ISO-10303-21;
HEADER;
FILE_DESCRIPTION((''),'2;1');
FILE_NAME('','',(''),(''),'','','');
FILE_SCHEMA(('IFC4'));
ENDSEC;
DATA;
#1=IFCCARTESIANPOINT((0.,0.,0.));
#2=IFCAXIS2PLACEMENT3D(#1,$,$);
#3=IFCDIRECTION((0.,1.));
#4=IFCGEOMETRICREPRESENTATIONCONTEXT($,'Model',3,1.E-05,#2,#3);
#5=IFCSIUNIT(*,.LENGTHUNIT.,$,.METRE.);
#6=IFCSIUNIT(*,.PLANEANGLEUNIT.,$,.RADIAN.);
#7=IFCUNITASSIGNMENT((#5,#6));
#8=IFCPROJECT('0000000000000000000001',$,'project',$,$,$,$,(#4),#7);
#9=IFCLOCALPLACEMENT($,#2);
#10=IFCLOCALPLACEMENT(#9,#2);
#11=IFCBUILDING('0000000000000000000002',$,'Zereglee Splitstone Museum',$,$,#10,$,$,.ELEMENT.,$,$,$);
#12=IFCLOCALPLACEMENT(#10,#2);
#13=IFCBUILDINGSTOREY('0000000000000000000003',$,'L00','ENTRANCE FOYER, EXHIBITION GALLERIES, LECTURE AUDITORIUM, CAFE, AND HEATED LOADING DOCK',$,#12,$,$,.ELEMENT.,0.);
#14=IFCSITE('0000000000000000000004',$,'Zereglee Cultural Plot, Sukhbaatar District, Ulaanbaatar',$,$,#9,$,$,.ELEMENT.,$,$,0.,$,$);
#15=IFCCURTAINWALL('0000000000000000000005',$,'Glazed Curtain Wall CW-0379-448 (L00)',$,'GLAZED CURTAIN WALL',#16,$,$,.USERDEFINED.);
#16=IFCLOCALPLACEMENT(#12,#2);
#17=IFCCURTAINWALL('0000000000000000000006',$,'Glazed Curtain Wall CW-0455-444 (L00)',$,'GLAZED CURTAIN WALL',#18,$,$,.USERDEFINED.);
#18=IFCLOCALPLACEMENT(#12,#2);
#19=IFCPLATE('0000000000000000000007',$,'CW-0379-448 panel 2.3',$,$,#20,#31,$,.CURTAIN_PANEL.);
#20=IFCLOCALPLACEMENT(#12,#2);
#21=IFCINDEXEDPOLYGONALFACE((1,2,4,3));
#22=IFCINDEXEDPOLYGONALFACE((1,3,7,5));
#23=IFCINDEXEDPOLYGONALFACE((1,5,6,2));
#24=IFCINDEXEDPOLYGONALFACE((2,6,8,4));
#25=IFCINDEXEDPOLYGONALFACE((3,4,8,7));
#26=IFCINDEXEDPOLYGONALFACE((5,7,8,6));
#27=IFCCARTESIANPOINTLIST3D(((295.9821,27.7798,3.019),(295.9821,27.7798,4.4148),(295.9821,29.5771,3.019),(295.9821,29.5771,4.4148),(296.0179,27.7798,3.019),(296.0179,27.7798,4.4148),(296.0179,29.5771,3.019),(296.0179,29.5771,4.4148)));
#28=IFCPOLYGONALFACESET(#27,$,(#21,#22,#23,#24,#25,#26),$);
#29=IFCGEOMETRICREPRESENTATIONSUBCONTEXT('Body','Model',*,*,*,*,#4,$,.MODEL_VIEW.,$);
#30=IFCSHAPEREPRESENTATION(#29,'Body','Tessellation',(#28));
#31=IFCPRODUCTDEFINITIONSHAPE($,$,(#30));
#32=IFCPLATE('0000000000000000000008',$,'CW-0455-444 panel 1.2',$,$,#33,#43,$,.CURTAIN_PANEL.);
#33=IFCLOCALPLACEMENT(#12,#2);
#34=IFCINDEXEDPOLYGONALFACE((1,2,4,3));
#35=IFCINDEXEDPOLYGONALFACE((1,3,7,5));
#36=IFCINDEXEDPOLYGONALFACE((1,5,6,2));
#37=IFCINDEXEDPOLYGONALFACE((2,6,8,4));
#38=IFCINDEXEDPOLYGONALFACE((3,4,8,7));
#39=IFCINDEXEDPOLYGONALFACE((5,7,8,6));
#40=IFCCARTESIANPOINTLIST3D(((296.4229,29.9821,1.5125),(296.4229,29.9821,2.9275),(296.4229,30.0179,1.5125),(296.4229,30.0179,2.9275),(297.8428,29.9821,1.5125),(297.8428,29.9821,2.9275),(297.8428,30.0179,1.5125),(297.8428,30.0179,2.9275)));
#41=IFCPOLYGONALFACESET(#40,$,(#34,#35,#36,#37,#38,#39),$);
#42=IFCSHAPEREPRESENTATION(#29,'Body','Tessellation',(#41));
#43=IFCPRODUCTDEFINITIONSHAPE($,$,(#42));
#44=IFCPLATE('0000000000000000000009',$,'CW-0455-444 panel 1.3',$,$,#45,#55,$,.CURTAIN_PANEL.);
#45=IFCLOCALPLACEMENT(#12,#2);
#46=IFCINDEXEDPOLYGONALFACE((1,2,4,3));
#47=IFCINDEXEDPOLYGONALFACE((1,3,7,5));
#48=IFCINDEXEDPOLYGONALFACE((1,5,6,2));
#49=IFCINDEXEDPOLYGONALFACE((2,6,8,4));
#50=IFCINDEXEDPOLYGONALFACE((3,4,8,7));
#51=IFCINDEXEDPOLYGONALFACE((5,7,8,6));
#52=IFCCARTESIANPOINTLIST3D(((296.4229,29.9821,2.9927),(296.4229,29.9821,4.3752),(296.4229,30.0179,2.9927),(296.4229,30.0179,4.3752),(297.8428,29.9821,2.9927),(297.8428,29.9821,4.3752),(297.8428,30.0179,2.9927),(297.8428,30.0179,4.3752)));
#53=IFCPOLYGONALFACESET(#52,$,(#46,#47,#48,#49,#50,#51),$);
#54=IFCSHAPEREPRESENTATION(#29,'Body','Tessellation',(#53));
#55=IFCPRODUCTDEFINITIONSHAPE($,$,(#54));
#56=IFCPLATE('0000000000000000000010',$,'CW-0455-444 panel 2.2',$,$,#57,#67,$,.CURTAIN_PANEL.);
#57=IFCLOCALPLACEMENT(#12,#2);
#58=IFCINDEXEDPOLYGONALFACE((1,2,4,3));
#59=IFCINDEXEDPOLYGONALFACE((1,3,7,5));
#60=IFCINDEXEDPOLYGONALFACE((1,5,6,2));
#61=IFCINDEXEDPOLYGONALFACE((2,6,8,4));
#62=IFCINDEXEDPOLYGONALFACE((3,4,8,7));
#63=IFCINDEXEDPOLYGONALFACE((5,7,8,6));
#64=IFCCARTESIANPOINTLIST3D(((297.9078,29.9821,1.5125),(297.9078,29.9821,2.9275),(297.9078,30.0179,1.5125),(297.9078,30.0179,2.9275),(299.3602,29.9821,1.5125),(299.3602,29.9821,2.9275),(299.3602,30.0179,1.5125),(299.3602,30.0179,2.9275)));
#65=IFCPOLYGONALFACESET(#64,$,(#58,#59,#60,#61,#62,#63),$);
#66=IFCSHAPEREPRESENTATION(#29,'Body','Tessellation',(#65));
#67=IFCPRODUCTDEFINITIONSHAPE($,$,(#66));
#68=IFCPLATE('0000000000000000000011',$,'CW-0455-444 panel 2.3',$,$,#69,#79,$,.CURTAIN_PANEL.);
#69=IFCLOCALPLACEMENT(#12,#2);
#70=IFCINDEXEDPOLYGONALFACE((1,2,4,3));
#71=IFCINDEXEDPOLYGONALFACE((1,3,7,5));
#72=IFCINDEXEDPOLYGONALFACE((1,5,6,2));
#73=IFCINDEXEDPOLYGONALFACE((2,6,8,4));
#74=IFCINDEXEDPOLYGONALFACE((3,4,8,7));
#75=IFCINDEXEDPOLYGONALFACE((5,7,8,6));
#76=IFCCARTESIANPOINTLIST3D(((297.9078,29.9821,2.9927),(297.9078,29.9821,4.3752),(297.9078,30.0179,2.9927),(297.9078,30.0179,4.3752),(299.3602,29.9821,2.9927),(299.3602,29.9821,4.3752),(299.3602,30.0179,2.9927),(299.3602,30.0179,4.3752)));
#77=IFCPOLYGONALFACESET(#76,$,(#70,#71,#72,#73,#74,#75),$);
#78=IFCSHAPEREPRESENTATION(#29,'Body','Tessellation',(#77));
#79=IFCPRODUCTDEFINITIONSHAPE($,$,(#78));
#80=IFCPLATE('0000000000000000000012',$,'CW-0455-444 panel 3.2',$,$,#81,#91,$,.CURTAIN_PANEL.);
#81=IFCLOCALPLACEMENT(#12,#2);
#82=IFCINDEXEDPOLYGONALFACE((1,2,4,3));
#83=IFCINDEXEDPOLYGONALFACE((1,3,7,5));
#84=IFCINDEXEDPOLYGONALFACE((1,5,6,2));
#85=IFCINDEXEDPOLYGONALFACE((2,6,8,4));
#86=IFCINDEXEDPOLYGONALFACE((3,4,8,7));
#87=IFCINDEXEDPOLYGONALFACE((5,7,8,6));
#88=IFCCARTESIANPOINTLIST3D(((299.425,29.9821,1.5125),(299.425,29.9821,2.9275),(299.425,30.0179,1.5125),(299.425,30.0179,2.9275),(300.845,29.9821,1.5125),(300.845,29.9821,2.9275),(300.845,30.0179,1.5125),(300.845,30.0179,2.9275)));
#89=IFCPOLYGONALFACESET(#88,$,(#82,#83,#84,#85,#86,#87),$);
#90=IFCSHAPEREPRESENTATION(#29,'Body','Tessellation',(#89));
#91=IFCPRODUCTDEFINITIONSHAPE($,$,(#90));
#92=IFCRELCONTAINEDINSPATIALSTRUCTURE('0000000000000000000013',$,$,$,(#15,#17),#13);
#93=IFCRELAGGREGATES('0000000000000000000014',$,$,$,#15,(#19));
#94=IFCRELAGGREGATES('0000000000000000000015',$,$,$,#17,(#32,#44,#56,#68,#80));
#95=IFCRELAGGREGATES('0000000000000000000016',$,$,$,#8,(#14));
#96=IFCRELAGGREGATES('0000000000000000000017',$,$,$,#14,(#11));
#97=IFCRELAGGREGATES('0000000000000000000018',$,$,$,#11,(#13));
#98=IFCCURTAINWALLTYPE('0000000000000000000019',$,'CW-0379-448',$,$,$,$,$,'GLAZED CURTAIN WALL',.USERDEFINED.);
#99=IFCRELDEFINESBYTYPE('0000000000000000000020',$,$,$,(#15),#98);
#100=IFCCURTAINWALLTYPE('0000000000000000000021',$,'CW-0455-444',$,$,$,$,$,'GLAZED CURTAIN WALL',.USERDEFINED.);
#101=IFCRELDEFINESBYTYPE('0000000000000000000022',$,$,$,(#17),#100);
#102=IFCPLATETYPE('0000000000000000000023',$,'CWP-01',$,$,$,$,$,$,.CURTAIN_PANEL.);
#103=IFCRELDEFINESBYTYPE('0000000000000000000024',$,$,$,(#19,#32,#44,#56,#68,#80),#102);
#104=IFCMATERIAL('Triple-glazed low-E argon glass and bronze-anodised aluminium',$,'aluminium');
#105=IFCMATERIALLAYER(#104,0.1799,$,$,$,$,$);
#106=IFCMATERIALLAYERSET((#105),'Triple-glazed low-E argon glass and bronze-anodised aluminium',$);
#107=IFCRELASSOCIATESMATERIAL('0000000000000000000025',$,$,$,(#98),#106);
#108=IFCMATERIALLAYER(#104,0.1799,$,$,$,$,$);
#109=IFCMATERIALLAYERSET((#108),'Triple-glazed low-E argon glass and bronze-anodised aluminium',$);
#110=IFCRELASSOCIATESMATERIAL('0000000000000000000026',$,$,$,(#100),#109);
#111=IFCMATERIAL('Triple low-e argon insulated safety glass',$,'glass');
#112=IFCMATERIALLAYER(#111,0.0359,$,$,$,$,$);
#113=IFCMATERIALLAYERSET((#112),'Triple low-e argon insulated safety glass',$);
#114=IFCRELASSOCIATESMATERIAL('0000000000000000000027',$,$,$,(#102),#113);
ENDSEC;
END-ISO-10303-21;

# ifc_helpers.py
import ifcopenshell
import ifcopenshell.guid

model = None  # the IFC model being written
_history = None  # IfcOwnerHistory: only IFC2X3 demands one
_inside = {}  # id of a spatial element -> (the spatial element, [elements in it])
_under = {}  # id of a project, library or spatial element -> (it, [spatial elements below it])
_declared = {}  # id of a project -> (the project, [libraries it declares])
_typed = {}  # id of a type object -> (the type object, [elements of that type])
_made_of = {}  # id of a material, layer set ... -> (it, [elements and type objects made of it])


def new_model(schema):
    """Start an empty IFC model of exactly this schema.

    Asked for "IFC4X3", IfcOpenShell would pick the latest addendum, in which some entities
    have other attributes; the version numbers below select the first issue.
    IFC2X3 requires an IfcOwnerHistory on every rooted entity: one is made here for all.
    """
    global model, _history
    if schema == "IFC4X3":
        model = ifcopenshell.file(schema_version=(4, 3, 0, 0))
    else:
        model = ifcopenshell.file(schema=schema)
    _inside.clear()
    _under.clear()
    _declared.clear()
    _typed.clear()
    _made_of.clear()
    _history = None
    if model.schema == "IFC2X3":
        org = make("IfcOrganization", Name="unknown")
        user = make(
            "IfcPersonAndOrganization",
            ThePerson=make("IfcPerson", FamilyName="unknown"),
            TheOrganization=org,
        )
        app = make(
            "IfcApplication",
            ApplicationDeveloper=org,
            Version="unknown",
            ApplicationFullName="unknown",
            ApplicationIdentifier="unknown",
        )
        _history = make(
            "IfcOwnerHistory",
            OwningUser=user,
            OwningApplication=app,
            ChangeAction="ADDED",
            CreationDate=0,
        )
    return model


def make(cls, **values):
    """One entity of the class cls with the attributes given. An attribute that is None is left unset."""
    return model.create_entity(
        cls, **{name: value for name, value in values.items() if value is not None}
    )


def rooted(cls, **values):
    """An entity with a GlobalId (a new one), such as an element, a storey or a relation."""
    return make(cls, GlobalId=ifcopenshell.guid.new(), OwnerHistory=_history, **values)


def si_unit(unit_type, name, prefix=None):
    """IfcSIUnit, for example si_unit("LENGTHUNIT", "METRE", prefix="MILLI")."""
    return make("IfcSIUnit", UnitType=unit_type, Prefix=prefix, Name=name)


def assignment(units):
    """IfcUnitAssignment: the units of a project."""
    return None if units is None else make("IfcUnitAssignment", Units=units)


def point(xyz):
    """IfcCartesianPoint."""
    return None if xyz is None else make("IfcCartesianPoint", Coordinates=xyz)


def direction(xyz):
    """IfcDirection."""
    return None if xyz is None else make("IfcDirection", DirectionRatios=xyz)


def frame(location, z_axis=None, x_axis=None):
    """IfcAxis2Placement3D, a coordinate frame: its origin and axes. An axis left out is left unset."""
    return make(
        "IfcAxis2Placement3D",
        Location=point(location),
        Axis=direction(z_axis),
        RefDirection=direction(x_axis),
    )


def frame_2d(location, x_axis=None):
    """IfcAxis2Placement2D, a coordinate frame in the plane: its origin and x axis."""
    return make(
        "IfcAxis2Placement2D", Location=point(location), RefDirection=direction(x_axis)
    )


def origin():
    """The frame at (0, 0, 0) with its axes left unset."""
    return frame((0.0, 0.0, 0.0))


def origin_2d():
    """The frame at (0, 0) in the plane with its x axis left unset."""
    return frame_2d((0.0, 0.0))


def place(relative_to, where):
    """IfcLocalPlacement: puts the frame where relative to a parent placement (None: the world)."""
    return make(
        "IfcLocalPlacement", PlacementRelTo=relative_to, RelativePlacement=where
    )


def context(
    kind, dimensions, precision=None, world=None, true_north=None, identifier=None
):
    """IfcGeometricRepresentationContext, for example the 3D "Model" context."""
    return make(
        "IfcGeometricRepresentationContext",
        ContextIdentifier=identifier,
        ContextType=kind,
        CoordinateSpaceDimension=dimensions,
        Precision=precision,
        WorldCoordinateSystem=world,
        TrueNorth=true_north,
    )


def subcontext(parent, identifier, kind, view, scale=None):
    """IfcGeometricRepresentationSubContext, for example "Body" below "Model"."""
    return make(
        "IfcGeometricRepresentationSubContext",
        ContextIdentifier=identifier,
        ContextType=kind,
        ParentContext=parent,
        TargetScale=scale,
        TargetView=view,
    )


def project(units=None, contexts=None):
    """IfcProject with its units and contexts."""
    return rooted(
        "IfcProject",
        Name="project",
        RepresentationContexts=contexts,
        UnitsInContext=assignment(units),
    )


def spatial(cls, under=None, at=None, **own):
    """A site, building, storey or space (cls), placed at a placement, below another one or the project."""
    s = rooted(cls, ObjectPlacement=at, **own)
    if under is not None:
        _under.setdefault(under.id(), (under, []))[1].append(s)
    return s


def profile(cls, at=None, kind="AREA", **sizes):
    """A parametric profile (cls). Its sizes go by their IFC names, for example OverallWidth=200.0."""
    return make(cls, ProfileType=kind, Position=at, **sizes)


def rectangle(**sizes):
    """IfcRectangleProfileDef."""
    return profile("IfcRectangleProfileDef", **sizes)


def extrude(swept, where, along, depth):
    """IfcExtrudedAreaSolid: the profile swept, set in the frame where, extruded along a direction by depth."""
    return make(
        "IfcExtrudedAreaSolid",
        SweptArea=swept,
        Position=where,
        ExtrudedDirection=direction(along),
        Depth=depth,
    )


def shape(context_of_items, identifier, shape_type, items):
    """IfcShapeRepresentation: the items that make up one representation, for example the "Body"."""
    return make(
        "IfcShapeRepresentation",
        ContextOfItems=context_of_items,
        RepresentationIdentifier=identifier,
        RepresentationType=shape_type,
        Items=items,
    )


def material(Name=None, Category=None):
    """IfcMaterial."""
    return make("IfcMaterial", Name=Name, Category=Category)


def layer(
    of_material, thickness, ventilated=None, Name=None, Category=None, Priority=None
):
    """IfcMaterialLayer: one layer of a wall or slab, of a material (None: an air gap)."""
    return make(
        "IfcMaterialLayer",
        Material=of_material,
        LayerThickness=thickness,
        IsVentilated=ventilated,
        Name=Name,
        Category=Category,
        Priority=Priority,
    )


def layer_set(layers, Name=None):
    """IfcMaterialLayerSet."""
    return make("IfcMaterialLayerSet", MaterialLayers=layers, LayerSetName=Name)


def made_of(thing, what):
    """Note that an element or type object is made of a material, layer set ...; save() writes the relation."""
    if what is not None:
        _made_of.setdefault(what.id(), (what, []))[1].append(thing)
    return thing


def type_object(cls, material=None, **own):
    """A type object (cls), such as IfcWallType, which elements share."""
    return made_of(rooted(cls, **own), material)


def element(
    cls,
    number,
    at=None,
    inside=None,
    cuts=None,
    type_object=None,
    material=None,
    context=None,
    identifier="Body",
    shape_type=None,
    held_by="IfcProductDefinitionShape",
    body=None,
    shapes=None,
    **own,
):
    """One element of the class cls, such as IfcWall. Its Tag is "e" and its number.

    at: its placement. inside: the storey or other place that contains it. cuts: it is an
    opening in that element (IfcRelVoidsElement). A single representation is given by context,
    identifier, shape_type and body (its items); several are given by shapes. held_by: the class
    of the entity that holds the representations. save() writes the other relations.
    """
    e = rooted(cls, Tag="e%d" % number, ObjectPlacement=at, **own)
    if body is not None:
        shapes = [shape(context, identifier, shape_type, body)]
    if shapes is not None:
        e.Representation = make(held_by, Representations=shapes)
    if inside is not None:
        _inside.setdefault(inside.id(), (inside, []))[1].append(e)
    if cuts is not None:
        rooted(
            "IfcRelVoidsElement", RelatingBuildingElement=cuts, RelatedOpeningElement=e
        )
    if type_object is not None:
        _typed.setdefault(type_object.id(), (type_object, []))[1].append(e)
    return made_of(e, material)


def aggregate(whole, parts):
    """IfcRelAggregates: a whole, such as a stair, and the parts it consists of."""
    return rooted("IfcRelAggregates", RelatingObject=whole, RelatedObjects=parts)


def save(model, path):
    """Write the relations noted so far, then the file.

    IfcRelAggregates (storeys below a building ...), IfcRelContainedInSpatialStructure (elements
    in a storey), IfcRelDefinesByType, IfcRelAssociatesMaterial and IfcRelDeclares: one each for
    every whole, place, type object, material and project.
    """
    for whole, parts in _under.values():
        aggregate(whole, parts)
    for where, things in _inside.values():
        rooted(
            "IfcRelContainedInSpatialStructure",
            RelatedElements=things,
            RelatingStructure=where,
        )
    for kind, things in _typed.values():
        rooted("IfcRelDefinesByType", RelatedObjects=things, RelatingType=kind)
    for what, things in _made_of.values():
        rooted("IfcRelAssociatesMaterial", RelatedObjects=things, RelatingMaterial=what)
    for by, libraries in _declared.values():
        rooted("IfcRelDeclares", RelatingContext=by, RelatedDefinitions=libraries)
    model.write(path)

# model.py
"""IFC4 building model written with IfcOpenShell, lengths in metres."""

from ifc_helpers import new_model, si_unit, direction, frame, origin, origin_2d, place, context, subcontext, project, spatial, rectangle, extrude, material, layer, layer_set, type_object, element, aggregate, save


model = new_model("IFC4")

# Units and contexts
model_context = context("Model", 3, precision=1e-05, world=origin(), true_north=direction((0.0, 1.0)))
body_context = subcontext(model_context, "Body", "Model", "MODEL_VIEW")
ifc_project = project(units=[si_unit("LENGTHUNIT", "METRE"), si_unit("PLANEANGLEUNIT", "RADIAN")], contexts=[model_context])

# Site, building, storey
site_placement = place(None, origin())
site = spatial("IfcSite", under=ifc_project, at=site_placement, Name="Zereglee Cultural Plot, Sukhbaatar District, Ulaanbaatar", CompositionType="ELEMENT", RefElevation=0.0)
building_placement = place(site_placement, origin())
building = spatial("IfcBuilding", under=site, at=building_placement, Name="Zereglee Splitstone Museum", CompositionType="ELEMENT")
storey_placement = place(building_placement, origin())
storey = spatial("IfcBuildingStorey", under=building, at=storey_placement, Name="L00", Description="ENTRANCE FOYER, EXHIBITION GALLERIES, LECTURE AUDITORIUM, CAFE, AND HEATED LOADING DOCK", CompositionType="ELEMENT", Elevation=0.0)

# Curtain walls
ifc_material_1 = material(Name="Triple-glazed low-E argon glass and bronze-anodised aluminium", Category="aluminium")
ifc_layer_1 = layer(ifc_material_1, 0.1799)
ifc_layer_set_1 = layer_set([ifc_layer_1], Name="Triple-glazed low-E argon glass and bronze-anodised aluminium")
curtain_wall_type_1 = type_object("IfcCurtainWallType", Name="CW-0379-448", ElementType="GLAZED CURTAIN WALL", PredefinedType="USERDEFINED", material=ifc_layer_set_1)
curtain_wall_1_placement = place(storey_placement, origin())
curtain_wall_1 = element("IfcCurtainWall", 1, at=curtain_wall_1_placement, inside=storey, type_object=curtain_wall_type_1, Name="Glazed Curtain Wall CW-0379-448 (L00)", ObjectType="GLAZED CURTAIN WALL", PredefinedType="USERDEFINED")
ifc_layer_2 = layer(ifc_material_1, 0.1799)
ifc_layer_set_2 = layer_set([ifc_layer_2], Name="Triple-glazed low-E argon glass and bronze-anodised aluminium")
curtain_wall_type_2 = type_object("IfcCurtainWallType", Name="CW-0455-444", ElementType="GLAZED CURTAIN WALL", PredefinedType="USERDEFINED", material=ifc_layer_set_2)
curtain_wall_2_placement = place(storey_placement, origin())
curtain_wall_2 = element("IfcCurtainWall", 2, at=curtain_wall_2_placement, inside=storey, type_object=curtain_wall_type_2, Name="Glazed Curtain Wall CW-0455-444 (L00)", ObjectType="GLAZED CURTAIN WALL", PredefinedType="USERDEFINED")

# Plates
ifc_material_2 = material(Name="Triple low-e argon insulated safety glass", Category="glass")
ifc_layer_3 = layer(ifc_material_2, 0.0359)
ifc_layer_set_3 = layer_set([ifc_layer_3], Name="Triple low-e argon insulated safety glass")
plate_type = type_object("IfcPlateType", Name="CWP-01", PredefinedType="CURTAIN_PANEL", material=ifc_layer_set_3)
plate_1_placement = place(storey_placement, frame((296.0, 28.6785, 3.019), z_axis=(0.0, 0.0, 1.0), x_axis=(0.0, 1.0, 0.0)))
plate_1 = element("IfcPlate", 3, at=plate_1_placement, type_object=plate_type, Name="CW-0379-448 panel 2.3", PredefinedType="CURTAIN_PANEL", context=body_context, shape_type="SweptSolid", body=[
    extrude(rectangle(XDim=1.7974, YDim=0.0359, at=origin_2d()), origin(), (0.0, 0.0, 1.0), 1.3958),
])
aggregate(curtain_wall_1, [plate_1])
plate_2_placement = place(storey_placement, frame((297.1328, 30.0, 1.5125), z_axis=(0.0, 0.0, 1.0), x_axis=(1.0, 0.0, 0.0)))
plate_2 = element("IfcPlate", 4, at=plate_2_placement, type_object=plate_type, Name="CW-0455-444 panel 1.2", PredefinedType="CURTAIN_PANEL", context=body_context, shape_type="SweptSolid", body=[
    extrude(rectangle(XDim=1.4199, YDim=0.0359, at=origin_2d()), origin(), (0.0, 0.0, 1.0), 1.415),
])
plate_3_placement = place(storey_placement, frame((297.1328, 30.0, 2.9927), z_axis=(0.0, 0.0, 1.0), x_axis=(1.0, 0.0, 0.0)))
plate_3 = element("IfcPlate", 5, at=plate_3_placement, type_object=plate_type, Name="CW-0455-444 panel 1.3", PredefinedType="CURTAIN_PANEL", context=body_context, shape_type="SweptSolid", body=[
    extrude(rectangle(XDim=1.4199, YDim=0.0359, at=origin_2d()), origin(), (0.0, 0.0, 1.0), 1.3826),
])
plate_4_placement = place(storey_placement, frame((298.634, 30.0, 1.5125), z_axis=(0.0, 0.0, 1.0), x_axis=(1.0, 0.0, 0.0)))
plate_4 = element("IfcPlate", 6, at=plate_4_placement, type_object=plate_type, Name="CW-0455-444 panel 2.2", PredefinedType="CURTAIN_PANEL", context=body_context, shape_type="SweptSolid", body=[
    extrude(rectangle(XDim=1.4524, YDim=0.0359, at=origin_2d()), origin(), (0.0, 0.0, 1.0), 1.415),
])
plate_5_placement = place(storey_placement, frame((298.634, 30.0, 2.9927), z_axis=(0.0, 0.0, 1.0), x_axis=(1.0, 0.0, 0.0)))
plate_5 = element("IfcPlate", 7, at=plate_5_placement, type_object=plate_type, Name="CW-0455-444 panel 2.3", PredefinedType="CURTAIN_PANEL", context=body_context, shape_type="SweptSolid", body=[
    extrude(rectangle(XDim=1.4524, YDim=0.0359, at=origin_2d()), origin(), (0.0, 0.0, 1.0), 1.3826),
])
plate_6_placement = place(storey_placement, frame((300.135, 30.0, 1.5125), z_axis=(0.0, 0.0, 1.0), x_axis=(1.0, 0.0, 0.0)))
plate_6 = element("IfcPlate", 8, at=plate_6_placement, type_object=plate_type, Name="CW-0455-444 panel 3.2", PredefinedType="CURTAIN_PANEL", context=body_context, shape_type="SweptSolid", body=[
    extrude(rectangle(XDim=1.4199, YDim=0.0359, at=origin_2d()), origin(), (0.0, 0.0, 1.0), 1.415),
])
aggregate(curtain_wall_2, [plate_2, plate_3, plate_4, plate_5, plate_6])

save(model, "model.ifc")
